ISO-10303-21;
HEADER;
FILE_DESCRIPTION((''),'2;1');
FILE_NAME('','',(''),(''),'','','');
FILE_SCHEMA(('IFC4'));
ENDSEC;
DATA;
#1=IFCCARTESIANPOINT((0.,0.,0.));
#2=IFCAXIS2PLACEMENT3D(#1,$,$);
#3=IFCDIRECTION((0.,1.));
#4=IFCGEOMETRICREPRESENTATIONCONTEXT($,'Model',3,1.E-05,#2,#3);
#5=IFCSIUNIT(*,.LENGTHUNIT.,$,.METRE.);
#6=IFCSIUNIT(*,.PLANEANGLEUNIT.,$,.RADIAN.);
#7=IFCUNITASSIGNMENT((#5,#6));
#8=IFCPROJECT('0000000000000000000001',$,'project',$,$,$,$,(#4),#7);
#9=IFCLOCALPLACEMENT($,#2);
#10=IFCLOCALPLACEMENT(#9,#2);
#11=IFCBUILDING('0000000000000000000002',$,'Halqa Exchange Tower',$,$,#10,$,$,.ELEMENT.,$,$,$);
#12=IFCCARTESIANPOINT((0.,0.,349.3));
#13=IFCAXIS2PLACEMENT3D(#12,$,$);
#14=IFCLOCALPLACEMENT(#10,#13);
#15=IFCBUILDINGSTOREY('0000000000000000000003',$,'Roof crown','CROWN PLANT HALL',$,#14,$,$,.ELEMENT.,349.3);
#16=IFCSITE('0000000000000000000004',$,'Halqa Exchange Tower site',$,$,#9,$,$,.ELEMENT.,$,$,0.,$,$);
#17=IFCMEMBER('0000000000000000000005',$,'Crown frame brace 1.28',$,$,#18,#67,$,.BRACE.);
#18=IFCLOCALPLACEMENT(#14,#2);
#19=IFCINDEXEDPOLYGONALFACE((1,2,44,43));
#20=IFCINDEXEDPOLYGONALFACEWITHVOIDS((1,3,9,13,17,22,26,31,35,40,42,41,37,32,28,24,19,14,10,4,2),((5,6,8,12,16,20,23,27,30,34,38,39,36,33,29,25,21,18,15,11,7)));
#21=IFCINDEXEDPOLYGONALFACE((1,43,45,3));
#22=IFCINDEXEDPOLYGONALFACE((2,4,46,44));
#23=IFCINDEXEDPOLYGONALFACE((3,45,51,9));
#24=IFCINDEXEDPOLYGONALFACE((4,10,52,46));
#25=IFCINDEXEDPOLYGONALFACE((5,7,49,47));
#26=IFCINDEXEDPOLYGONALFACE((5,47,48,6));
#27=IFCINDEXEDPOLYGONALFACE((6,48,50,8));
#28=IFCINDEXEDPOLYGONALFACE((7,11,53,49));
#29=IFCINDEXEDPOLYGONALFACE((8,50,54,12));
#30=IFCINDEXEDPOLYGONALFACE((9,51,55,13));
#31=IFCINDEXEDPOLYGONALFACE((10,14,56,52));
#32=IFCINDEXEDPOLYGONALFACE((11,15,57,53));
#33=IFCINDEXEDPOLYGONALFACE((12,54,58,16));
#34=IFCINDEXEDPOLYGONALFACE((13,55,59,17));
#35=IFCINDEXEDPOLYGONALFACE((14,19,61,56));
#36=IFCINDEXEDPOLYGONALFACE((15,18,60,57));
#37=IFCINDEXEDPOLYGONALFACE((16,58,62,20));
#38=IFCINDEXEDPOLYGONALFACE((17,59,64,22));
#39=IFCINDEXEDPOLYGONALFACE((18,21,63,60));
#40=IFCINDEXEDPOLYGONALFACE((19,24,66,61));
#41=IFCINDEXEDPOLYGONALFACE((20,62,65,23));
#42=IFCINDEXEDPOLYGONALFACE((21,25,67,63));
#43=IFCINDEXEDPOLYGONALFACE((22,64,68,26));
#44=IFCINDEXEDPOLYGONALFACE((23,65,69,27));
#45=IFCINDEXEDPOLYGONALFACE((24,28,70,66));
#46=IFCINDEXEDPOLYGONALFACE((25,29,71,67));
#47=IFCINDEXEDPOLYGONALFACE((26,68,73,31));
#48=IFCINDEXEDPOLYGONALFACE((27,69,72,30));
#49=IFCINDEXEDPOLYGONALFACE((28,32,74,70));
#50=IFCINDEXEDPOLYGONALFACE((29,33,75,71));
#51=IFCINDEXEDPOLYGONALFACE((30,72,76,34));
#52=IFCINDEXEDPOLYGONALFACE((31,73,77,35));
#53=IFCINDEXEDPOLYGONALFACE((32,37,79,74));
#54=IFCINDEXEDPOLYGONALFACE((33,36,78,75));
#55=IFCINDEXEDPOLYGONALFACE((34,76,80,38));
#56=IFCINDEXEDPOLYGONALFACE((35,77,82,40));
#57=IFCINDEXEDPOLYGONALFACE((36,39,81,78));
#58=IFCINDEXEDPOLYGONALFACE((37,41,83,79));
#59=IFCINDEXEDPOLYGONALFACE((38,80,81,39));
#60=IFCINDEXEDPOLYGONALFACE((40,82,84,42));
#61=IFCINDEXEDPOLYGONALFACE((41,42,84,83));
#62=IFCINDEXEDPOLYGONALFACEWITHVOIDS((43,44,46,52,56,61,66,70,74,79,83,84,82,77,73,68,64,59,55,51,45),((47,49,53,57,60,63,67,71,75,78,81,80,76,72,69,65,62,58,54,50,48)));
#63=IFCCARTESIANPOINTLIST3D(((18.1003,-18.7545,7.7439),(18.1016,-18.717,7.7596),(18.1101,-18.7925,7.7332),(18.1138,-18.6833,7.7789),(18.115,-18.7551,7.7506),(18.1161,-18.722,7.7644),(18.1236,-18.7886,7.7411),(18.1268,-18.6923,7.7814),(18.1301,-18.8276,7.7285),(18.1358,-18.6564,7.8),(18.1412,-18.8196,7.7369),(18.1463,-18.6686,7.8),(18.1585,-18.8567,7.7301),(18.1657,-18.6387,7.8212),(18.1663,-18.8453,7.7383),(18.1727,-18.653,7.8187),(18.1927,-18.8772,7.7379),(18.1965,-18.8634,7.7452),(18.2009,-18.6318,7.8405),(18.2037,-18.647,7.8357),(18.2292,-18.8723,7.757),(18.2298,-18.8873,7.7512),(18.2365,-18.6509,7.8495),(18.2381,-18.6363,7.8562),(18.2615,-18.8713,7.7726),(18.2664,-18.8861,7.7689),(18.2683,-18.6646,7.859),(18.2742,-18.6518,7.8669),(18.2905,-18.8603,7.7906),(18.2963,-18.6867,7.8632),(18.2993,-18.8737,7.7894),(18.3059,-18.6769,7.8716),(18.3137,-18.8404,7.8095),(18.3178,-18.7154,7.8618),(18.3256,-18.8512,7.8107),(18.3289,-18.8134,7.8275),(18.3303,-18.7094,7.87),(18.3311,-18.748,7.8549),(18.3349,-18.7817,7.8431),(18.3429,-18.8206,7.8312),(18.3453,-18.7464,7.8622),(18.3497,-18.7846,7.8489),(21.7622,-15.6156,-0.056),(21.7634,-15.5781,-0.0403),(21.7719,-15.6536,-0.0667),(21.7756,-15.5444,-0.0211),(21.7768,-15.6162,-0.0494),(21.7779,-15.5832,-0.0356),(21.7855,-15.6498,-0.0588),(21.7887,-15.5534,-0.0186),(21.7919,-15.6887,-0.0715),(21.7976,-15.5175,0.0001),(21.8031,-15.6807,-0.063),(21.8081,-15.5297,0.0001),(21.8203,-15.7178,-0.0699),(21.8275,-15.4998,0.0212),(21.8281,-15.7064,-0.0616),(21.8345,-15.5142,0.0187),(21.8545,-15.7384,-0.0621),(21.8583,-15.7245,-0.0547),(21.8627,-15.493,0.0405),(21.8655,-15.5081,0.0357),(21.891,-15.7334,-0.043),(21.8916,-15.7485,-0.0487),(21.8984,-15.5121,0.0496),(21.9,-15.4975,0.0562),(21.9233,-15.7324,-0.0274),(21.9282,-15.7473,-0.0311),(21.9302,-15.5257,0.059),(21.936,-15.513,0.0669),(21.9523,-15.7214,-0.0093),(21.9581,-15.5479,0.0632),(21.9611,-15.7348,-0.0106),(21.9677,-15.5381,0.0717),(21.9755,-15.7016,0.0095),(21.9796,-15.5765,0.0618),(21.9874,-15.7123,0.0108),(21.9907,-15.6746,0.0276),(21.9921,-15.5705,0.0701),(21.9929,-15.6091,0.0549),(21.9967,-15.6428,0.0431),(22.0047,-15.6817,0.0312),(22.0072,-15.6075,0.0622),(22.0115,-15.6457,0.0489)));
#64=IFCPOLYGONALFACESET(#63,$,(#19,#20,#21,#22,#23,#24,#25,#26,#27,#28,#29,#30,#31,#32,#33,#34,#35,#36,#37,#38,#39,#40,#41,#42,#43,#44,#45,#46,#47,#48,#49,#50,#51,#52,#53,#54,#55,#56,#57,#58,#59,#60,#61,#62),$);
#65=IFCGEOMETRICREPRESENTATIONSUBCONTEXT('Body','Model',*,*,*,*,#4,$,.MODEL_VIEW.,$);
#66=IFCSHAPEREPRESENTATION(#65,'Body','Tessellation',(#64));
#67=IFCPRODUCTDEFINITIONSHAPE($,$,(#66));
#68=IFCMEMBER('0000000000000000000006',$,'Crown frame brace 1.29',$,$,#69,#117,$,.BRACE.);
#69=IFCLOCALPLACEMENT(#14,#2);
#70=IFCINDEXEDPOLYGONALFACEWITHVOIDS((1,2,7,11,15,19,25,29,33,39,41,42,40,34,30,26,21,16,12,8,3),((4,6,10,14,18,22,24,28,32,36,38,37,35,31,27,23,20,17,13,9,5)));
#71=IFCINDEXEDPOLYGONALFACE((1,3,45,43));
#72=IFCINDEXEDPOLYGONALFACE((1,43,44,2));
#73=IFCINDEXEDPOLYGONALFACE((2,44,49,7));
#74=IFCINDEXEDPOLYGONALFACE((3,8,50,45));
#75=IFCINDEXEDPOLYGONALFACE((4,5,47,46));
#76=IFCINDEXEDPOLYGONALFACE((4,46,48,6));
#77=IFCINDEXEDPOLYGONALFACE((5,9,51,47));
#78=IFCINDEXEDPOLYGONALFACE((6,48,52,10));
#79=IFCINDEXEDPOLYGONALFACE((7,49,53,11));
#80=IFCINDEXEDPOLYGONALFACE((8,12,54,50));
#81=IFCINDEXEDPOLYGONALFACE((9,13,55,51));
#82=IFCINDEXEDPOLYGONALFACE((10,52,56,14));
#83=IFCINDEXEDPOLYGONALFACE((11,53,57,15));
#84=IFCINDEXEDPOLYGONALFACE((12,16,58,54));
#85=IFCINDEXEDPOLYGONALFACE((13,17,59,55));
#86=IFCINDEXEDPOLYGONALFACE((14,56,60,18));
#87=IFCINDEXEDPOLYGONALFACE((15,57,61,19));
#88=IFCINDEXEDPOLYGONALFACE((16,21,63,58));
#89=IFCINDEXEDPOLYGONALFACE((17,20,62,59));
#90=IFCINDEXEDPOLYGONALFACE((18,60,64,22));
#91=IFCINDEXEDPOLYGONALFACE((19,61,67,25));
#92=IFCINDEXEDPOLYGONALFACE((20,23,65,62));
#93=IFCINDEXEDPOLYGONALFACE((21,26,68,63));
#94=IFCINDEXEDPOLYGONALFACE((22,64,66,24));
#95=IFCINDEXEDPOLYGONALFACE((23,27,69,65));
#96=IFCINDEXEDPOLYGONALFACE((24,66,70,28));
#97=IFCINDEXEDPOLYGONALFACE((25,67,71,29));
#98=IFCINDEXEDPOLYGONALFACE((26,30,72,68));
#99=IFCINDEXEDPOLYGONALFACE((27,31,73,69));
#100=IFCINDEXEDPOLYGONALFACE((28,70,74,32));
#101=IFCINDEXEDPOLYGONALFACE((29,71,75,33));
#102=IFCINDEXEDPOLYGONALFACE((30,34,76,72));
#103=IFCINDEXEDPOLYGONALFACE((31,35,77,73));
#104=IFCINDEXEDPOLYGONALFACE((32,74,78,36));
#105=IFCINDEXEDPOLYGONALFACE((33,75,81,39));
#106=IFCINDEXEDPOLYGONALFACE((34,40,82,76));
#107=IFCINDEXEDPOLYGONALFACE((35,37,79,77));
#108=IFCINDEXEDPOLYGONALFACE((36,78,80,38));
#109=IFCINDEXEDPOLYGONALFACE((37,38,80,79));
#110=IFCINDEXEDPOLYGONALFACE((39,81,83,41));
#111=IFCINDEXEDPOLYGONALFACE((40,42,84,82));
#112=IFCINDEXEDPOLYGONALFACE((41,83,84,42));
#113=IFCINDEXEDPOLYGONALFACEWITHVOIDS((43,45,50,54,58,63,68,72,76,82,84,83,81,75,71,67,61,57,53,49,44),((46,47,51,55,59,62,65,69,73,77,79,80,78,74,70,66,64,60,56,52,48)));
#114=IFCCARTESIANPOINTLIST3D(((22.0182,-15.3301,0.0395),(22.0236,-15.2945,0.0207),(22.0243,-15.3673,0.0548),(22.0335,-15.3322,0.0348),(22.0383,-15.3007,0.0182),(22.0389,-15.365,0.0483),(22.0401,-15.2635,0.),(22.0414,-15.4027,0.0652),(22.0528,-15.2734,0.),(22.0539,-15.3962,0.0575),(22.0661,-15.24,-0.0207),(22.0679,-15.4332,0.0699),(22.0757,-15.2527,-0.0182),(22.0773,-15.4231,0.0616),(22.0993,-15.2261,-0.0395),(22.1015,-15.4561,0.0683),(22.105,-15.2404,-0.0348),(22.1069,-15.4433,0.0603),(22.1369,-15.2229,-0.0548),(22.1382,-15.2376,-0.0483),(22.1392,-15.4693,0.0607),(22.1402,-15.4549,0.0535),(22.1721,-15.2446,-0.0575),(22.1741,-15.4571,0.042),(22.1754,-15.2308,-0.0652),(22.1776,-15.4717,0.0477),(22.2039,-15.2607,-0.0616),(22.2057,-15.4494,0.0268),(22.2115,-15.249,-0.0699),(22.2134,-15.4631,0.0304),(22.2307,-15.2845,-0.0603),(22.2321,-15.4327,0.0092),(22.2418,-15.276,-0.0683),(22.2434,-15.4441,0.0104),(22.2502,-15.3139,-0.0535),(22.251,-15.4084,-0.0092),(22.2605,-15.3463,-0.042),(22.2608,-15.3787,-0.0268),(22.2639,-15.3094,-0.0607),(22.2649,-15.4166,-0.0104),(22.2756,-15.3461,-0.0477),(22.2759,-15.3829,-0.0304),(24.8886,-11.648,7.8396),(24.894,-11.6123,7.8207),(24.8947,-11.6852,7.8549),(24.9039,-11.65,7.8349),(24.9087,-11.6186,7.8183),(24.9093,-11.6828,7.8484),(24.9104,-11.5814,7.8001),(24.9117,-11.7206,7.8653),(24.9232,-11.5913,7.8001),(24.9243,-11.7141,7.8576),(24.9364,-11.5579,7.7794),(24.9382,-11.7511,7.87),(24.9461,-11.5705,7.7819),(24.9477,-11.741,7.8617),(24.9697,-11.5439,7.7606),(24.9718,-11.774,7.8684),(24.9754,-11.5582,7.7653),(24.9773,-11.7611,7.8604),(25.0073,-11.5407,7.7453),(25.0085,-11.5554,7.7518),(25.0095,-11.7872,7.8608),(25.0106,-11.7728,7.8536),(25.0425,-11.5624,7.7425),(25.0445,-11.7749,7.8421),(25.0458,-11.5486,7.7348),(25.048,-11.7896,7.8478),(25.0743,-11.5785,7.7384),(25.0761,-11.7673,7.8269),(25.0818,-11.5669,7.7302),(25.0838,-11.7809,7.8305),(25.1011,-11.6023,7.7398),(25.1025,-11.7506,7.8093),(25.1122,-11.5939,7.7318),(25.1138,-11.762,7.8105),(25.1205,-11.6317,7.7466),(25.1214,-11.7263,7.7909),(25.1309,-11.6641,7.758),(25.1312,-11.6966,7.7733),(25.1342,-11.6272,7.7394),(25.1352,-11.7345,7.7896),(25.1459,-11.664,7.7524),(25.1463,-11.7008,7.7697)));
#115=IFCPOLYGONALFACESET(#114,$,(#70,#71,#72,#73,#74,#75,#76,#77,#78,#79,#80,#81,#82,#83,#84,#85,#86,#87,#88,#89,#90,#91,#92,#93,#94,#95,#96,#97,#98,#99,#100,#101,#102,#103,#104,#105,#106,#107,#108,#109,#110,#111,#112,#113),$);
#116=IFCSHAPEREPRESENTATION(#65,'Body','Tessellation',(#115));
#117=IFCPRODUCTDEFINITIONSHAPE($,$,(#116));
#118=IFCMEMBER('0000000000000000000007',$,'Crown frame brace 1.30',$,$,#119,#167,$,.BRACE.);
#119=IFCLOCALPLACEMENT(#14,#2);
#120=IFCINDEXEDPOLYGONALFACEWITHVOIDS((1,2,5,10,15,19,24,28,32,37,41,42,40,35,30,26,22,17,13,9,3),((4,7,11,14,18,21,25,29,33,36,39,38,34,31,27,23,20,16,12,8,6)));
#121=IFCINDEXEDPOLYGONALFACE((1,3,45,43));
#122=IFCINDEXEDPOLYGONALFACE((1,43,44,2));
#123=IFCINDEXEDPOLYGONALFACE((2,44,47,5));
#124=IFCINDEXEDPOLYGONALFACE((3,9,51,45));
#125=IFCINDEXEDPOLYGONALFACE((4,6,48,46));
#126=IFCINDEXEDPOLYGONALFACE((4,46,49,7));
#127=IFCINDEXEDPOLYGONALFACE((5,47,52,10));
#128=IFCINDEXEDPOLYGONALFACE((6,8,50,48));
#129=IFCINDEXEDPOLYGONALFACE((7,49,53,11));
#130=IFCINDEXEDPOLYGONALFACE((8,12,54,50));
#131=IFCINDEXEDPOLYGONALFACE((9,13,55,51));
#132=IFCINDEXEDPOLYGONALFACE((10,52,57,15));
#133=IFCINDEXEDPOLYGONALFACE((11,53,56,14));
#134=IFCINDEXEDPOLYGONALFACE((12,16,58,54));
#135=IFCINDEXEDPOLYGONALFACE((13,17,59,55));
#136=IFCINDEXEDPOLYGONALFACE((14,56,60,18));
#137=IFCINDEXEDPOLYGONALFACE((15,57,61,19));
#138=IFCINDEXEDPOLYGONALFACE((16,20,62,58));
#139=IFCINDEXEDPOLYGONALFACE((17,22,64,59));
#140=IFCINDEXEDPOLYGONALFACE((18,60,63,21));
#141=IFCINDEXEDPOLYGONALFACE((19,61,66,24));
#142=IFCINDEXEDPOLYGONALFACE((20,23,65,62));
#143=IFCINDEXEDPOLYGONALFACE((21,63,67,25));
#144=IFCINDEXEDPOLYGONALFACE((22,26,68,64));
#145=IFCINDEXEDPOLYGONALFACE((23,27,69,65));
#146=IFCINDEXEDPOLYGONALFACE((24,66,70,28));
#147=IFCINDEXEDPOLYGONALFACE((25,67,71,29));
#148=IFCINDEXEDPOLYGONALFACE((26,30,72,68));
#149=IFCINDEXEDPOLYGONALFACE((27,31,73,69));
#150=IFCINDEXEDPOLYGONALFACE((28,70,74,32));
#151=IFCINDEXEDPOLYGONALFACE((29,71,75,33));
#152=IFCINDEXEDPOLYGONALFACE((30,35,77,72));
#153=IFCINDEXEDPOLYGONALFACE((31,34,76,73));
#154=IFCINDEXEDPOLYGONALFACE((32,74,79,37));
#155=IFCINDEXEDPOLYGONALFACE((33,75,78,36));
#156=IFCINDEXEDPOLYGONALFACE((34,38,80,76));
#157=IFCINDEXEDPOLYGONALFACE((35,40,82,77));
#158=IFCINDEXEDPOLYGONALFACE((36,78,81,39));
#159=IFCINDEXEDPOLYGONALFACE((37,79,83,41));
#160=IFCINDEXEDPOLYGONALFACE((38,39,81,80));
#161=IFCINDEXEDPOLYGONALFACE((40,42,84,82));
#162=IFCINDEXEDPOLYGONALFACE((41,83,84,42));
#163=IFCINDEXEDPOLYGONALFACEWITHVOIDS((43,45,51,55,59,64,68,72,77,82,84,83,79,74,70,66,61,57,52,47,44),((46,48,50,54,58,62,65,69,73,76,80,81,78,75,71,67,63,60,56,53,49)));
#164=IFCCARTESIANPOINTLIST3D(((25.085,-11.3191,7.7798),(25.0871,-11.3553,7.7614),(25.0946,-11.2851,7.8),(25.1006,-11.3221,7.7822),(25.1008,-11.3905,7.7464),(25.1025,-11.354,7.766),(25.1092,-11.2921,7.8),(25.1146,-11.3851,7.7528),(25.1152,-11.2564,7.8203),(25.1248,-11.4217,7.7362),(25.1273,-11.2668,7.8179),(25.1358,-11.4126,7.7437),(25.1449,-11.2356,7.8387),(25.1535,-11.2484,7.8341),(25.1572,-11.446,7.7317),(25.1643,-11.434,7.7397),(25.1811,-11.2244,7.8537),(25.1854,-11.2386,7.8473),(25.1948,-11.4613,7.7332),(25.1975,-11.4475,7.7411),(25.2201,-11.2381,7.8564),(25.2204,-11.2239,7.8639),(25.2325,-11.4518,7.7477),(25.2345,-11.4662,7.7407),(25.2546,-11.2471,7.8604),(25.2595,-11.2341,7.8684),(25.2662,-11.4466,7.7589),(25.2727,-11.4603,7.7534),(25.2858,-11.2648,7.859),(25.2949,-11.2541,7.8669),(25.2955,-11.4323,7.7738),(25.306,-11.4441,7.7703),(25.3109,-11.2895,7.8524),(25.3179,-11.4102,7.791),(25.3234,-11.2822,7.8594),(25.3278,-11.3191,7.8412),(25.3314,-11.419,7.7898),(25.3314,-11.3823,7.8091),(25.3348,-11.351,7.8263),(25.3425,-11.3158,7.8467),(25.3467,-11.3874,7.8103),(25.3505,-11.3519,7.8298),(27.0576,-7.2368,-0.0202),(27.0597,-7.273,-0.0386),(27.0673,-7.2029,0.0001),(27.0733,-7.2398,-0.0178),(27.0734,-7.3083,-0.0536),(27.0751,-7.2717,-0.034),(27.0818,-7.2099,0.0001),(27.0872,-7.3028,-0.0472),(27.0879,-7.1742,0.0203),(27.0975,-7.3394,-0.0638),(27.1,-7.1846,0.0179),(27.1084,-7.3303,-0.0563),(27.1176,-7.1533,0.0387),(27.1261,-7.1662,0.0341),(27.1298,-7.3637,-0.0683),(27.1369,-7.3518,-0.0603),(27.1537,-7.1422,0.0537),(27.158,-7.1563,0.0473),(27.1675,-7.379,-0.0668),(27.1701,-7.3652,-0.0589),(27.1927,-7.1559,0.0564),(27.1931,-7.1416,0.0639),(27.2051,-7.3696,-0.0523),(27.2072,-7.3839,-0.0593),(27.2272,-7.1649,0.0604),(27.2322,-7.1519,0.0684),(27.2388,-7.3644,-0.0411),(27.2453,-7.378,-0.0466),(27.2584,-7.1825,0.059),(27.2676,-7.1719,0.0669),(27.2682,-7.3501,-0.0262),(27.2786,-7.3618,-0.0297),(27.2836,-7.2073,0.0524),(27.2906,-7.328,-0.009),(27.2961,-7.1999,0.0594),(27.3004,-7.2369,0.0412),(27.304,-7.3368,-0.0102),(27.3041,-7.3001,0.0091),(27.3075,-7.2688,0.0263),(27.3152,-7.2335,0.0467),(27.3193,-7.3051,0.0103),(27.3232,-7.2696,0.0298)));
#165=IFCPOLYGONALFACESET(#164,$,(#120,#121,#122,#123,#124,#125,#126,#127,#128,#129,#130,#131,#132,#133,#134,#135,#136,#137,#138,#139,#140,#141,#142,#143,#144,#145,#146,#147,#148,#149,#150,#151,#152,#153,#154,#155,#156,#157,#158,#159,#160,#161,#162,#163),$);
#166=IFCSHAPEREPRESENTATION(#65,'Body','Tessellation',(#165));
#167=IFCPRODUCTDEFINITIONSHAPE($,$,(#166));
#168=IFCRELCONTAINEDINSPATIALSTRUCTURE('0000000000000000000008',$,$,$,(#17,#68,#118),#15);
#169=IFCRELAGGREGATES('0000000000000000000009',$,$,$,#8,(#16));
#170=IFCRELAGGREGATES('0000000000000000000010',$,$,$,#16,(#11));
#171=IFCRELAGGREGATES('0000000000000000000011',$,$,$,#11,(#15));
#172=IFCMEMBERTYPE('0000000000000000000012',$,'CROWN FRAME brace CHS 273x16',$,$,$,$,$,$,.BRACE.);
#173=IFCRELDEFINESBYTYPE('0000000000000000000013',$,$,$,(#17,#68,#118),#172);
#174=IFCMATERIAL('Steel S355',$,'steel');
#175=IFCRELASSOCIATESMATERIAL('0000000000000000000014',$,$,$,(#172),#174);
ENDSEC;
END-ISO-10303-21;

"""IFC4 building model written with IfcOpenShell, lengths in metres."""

from ifc_helpers import new_model, si_unit, direction, frame, origin, origin_2d, place, context, subcontext, project, spatial, hollow_circle, extrude, material, material_profile, profile_set, type_object, element, save


model = new_model("IFC4")

# Units and contexts
model_context = context("Model", 3, precision=1e-05, world=origin(), true_north=direction((0.0, 1.0)))
body_context = subcontext(model_context, "Body", "Model", "MODEL_VIEW")
ifc_project = project(units=[si_unit("LENGTHUNIT", "METRE"), si_unit("PLANEANGLEUNIT", "RADIAN")], contexts=[model_context])

# Site, building, storey
site_placement = place(None, origin())
site = spatial("IfcSite", under=ifc_project, at=site_placement, Name="Halqa Exchange Tower site", CompositionType="ELEMENT", RefElevation=0.0)
building_placement = place(site_placement, origin())
building = spatial("IfcBuilding", under=site, at=building_placement, Name="Halqa Exchange Tower", CompositionType="ELEMENT")
storey_placement = place(building_placement, frame((0.0, 0.0, 349.3)))
storey = spatial("IfcBuildingStorey", under=building, at=storey_placement, Name="Roof crown", Description="CROWN PLANT HALL", CompositionType="ELEMENT", Elevation=349.3)

# Shared definitions
ifc_material_1 = material(Name="Steel S355", Category="steel")

# Members
ifc_material_profile_1 = material_profile(ifc_material_1, hollow_circle(Radius=0.1365, WallThickness=0.0161, at=origin_2d()), Name="CHS 273x16")
ifc_profile_set_1 = profile_set([ifc_material_profile_1], Name="Steel S355")
member_type = type_object("IfcMemberType", Name="CROWN FRAME brace CHS 273x16", PredefinedType="BRACE", material=ifc_profile_set_1)
member_1_placement = place(storey_placement, frame((18.2246, -18.76, 7.8), z_axis=(0.399298, 0.342274, -0.850535), x_axis=(-0.650812, 0.759239, 0.0)))
element("IfcMember", 1, at=member_1_placement, inside=storey, type_object=member_type, Name="Crown frame brace 1.28", PredefinedType="BRACE", context=body_context, shape_type="SweptSolid", body=[
    extrude(hollow_circle(Radius=0.1365, WallThickness=0.0161, at=origin_2d()), origin(), (0.0, 0.0, 1.0), 9.1707),
])
member_2_placement = place(storey_placement, frame((22.1477, -15.3474, 0.0), z_axis=(0.315753, 0.405051, 0.858041), x_axis=(-0.788679, 0.614805, 0.0)))
element("IfcMember", 2, at=member_2_placement, inside=storey, type_object=member_type, Name="Crown frame brace 1.29", PredefinedType="BRACE", context=body_context, shape_type="SweptSolid", body=[
    extrude(hollow_circle(Radius=0.1365, WallThickness=0.0161, at=origin_2d()), origin(), (0.0, 0.0, 1.0), 9.0906),
])
member_3_placement = place(storey_placement, frame((25.2175, -11.3445, 7.8), z_axis=(0.218649, 0.452478, -0.864555), x_axis=(-0.900387, 0.435089, 0.0)))
element("IfcMember", 3, at=member_3_placement, inside=storey, type_object=member_type, Name="Crown frame brace 1.30", PredefinedType="BRACE", context=body_context, shape_type="SweptSolid", body=[
    extrude(hollow_circle(Radius=0.1365, WallThickness=0.0161, at=origin_2d()), origin(), (0.0, 0.0, 1.0), 9.022),
])

save(model, "model.ifc")
